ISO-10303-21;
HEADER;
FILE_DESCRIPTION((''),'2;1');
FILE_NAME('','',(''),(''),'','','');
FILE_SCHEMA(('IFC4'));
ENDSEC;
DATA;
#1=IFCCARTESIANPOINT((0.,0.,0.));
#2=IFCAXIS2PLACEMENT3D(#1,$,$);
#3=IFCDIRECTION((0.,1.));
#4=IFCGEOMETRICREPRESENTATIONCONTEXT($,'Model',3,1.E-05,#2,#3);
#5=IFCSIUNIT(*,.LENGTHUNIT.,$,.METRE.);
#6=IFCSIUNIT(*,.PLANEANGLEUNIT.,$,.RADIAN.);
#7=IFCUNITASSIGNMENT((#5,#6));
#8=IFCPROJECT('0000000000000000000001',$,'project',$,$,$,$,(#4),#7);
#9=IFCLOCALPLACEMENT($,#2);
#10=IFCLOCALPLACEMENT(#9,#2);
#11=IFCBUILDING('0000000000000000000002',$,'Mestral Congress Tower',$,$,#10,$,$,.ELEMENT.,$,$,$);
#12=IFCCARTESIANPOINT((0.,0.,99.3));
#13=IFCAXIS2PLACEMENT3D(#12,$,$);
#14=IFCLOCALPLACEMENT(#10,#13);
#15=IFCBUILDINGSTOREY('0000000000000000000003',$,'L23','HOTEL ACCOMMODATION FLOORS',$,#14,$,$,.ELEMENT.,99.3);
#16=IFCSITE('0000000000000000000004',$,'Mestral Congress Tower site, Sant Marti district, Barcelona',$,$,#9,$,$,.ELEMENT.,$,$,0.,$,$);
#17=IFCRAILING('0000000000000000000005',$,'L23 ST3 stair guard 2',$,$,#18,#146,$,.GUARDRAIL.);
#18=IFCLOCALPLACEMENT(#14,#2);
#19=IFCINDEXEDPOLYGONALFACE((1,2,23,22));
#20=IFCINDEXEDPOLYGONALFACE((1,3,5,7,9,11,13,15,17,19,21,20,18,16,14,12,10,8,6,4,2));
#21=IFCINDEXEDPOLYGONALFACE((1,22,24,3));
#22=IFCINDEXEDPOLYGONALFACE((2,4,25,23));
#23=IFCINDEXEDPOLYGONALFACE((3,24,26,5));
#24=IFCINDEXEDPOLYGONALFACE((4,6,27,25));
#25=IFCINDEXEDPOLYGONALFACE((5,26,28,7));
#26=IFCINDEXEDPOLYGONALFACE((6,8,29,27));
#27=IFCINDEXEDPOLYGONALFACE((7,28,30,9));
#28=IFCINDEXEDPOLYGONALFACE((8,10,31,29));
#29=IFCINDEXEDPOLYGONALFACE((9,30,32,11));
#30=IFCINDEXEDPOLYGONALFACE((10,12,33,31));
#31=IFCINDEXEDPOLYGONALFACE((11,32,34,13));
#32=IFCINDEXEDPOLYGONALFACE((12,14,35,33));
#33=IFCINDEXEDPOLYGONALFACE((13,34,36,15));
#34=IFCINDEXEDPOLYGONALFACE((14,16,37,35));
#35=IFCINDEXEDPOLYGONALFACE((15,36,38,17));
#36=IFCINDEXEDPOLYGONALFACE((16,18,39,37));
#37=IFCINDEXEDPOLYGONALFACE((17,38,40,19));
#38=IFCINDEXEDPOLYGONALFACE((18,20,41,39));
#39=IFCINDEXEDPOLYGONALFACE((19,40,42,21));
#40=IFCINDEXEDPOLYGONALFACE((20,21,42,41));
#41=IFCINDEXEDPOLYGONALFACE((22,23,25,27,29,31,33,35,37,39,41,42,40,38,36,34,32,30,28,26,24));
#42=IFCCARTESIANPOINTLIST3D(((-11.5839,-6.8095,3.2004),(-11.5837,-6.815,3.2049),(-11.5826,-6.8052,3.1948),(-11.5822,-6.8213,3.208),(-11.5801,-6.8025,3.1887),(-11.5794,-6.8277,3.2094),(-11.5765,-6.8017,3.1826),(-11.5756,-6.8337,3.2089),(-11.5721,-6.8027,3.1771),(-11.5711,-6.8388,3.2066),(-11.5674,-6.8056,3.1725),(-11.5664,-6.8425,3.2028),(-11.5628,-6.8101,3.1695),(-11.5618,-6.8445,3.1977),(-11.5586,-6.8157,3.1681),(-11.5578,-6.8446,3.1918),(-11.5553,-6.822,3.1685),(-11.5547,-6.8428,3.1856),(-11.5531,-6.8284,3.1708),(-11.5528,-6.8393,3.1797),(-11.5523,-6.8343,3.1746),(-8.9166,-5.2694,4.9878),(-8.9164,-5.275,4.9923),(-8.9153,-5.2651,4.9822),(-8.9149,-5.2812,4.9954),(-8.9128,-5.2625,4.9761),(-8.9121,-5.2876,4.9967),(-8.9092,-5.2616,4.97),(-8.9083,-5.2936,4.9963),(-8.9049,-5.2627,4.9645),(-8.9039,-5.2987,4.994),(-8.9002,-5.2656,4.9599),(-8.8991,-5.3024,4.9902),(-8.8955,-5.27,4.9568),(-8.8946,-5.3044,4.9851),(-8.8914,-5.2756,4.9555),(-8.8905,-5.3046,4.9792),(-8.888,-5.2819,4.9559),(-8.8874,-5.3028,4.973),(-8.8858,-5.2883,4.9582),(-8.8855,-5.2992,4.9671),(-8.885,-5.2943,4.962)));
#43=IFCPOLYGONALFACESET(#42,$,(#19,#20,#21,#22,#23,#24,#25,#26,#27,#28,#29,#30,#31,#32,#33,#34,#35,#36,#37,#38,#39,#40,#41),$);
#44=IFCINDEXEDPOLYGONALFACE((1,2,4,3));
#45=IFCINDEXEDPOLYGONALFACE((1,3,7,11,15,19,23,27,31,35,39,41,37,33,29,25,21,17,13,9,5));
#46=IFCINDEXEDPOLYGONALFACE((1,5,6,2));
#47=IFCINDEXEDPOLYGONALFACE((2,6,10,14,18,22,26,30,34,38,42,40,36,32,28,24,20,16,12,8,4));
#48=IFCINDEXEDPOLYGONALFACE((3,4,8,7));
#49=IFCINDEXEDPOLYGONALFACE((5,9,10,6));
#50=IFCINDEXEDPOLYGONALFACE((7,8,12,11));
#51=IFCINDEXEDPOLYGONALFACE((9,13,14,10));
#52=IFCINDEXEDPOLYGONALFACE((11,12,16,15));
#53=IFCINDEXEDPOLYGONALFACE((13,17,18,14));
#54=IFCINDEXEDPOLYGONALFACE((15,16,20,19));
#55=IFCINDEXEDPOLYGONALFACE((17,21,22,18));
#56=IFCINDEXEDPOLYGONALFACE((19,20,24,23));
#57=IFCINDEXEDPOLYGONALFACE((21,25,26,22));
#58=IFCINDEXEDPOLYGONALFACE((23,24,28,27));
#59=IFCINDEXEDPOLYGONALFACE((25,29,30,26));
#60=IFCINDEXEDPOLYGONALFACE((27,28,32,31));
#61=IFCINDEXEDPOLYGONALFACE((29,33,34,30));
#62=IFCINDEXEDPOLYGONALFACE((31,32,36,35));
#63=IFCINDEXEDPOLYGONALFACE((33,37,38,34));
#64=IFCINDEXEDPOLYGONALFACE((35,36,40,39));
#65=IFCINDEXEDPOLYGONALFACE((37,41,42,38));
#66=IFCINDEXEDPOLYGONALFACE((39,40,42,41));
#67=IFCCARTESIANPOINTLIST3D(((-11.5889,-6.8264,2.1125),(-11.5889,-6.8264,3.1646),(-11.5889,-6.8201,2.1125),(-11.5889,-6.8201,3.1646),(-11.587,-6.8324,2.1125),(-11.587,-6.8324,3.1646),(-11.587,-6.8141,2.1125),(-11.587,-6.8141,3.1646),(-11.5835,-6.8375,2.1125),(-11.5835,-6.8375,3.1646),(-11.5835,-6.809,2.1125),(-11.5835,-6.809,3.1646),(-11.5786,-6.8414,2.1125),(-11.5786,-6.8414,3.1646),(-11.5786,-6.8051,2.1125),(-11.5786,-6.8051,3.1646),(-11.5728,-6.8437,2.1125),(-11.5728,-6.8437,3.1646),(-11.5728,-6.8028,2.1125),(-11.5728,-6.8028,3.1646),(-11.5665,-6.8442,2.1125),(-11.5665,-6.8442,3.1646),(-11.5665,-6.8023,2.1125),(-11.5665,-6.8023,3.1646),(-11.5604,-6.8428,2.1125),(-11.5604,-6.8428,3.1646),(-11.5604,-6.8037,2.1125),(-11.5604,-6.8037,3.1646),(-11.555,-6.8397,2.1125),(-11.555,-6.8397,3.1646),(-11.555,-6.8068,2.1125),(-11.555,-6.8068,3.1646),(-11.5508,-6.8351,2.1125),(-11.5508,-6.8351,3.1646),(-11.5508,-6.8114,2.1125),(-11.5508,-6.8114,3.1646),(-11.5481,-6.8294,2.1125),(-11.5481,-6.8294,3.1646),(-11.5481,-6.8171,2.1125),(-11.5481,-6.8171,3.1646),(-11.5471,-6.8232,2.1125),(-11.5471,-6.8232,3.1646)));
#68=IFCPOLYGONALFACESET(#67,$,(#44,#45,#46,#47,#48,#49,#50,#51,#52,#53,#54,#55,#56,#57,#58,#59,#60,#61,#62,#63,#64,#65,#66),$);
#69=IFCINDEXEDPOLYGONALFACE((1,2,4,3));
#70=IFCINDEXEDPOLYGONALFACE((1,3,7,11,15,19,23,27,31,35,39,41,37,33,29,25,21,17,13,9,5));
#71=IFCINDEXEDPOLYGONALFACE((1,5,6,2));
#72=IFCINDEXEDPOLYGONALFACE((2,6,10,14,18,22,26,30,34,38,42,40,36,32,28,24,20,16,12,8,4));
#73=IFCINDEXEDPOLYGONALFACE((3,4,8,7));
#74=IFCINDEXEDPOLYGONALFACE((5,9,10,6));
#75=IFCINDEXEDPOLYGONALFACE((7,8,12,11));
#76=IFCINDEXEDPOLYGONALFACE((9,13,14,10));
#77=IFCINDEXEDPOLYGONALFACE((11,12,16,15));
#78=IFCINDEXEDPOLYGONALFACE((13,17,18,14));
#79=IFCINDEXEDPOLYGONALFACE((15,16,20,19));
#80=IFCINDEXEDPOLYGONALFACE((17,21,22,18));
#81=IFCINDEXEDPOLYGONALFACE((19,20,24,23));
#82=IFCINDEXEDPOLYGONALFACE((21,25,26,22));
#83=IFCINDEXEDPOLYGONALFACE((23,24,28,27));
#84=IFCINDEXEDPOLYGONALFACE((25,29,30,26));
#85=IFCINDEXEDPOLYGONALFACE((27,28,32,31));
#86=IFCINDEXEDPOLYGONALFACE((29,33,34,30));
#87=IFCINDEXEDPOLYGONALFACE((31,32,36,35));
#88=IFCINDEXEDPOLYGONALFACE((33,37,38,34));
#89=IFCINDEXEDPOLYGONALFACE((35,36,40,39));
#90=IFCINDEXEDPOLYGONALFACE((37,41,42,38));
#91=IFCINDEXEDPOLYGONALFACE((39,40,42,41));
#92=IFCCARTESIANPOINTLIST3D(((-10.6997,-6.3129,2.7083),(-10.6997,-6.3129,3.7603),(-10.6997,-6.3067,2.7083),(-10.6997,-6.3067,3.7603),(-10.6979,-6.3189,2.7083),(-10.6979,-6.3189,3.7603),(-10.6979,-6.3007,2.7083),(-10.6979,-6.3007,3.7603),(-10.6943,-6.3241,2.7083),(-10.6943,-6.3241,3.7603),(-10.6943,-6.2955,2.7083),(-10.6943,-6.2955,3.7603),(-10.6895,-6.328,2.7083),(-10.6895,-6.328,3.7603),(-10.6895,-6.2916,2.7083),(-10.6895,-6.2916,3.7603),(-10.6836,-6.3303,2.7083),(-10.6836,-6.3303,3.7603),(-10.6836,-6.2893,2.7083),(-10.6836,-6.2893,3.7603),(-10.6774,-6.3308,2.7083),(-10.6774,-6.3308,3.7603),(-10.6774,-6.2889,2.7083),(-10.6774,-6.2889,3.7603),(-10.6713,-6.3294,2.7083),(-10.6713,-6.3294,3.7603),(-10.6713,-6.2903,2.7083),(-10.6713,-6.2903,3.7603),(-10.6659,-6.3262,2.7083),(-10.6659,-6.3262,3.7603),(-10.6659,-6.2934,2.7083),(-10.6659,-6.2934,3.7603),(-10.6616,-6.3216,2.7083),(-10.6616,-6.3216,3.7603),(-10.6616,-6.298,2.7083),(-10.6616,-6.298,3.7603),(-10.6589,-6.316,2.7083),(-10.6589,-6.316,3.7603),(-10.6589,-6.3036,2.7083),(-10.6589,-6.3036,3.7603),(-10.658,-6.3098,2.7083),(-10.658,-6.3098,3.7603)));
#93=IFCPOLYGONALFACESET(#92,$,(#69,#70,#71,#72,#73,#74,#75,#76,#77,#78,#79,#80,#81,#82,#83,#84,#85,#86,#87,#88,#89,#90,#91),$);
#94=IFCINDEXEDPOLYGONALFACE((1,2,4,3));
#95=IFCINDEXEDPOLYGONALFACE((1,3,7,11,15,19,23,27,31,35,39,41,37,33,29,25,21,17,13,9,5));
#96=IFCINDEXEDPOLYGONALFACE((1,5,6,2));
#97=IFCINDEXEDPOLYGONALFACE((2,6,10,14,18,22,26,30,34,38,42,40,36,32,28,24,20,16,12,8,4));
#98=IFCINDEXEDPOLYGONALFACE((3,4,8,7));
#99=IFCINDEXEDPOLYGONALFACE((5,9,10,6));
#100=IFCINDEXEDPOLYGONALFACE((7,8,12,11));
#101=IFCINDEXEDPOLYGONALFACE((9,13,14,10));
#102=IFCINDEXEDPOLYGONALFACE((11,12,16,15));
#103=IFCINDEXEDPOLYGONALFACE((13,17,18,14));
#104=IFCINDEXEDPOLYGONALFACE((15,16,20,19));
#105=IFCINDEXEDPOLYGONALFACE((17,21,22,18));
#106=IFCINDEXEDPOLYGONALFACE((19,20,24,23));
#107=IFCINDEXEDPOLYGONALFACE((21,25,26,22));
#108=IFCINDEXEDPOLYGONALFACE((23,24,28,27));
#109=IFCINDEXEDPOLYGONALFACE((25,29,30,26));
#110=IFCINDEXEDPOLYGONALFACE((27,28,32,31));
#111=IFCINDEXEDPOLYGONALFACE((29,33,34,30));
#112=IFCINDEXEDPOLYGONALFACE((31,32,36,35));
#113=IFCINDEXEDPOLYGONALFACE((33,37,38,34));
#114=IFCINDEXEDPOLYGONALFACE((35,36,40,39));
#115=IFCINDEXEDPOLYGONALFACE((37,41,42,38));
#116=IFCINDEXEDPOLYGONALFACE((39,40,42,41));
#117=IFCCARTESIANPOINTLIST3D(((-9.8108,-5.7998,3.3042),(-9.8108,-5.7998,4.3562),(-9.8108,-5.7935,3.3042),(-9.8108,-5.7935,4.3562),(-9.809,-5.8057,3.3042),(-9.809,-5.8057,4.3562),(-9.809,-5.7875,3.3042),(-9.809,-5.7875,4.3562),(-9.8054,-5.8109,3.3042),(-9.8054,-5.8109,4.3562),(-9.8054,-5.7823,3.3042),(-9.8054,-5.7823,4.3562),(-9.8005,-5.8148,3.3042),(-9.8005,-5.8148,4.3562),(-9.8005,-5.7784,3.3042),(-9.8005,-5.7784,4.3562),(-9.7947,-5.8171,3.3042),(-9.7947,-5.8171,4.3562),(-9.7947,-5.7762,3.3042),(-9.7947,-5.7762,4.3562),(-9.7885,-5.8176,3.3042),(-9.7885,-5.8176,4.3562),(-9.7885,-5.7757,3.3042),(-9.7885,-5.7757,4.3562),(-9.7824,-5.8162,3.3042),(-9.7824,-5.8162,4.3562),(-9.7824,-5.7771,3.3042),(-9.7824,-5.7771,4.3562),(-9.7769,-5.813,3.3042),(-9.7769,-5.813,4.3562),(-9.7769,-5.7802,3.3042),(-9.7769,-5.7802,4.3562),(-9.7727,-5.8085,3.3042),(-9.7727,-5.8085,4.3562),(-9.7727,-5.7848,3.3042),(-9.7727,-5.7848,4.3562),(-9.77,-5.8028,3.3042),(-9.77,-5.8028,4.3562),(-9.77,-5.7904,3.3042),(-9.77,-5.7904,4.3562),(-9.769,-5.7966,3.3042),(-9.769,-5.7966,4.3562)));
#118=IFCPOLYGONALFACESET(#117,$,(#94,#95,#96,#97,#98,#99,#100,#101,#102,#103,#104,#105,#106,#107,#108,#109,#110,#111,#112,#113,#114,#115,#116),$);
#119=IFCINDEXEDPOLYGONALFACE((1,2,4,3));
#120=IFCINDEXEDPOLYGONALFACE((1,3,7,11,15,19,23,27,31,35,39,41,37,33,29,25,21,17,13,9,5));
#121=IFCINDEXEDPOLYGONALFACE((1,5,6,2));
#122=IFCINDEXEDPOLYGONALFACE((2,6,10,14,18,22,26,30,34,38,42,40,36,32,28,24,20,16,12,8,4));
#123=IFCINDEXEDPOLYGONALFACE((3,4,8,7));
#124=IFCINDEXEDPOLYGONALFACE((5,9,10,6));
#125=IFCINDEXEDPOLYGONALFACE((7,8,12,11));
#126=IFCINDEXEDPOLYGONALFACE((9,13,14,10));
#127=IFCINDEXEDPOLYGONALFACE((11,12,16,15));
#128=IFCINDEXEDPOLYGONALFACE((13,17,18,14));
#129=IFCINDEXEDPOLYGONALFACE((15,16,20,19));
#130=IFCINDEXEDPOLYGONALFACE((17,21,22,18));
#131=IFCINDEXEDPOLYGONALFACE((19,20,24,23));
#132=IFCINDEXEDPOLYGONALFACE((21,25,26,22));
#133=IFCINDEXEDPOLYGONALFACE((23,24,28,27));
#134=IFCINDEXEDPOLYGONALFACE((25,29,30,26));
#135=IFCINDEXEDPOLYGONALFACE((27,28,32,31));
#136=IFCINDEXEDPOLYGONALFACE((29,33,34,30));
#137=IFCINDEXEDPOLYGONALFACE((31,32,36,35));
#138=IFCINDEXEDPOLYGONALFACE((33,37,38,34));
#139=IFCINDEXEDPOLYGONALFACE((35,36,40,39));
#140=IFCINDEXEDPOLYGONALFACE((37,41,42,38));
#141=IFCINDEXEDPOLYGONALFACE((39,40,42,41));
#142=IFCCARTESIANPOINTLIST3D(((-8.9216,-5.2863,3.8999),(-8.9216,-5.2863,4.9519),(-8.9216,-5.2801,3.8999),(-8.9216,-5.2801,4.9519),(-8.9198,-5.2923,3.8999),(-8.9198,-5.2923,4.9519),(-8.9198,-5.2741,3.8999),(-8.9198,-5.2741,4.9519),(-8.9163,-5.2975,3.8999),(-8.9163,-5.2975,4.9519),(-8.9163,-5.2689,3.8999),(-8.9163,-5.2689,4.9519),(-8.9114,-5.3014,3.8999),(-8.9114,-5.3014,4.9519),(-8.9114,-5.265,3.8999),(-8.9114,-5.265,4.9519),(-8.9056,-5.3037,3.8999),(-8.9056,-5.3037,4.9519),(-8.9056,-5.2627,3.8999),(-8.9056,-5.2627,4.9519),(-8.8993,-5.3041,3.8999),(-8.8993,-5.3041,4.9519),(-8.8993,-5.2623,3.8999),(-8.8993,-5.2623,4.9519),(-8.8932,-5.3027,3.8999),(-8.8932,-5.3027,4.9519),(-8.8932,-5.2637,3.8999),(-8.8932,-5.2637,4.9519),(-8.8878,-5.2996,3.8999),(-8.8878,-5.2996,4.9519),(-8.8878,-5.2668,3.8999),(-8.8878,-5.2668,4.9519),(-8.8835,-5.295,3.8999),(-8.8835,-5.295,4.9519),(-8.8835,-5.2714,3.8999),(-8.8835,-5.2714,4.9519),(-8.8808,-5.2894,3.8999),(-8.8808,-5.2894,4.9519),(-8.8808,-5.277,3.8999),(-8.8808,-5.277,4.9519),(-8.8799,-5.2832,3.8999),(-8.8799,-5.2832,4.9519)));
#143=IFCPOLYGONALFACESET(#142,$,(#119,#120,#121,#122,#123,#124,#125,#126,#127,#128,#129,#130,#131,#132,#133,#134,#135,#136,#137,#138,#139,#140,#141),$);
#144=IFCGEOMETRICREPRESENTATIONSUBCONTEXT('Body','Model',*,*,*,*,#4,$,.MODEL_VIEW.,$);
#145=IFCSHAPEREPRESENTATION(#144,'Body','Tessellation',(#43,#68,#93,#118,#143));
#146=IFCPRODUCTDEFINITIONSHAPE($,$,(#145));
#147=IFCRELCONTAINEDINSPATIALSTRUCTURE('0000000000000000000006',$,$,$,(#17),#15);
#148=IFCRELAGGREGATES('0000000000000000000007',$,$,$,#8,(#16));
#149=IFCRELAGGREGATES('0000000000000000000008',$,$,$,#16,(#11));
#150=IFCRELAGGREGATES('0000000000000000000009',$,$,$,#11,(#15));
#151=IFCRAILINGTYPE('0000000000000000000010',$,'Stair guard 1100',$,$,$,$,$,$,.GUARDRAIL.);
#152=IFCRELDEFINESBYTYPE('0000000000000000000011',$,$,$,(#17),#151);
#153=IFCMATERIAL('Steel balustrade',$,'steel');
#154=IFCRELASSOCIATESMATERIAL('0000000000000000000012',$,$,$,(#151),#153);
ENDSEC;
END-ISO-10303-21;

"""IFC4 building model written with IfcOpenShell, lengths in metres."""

from ifc_helpers import new_model, si_unit, direction, frame, origin, origin_2d, place, context, subcontext, project, spatial, circle, extrude, material, type_object, element, save


model = new_model("IFC4")

# Units and contexts
model_context = context("Model", 3, precision=1e-05, world=origin(), true_north=direction((0.0, 1.0)))
body_context = subcontext(model_context, "Body", "Model", "MODEL_VIEW")
ifc_project = project(units=[si_unit("LENGTHUNIT", "METRE"), si_unit("PLANEANGLEUNIT", "RADIAN")], contexts=[model_context])

# Site, building, storey
site_placement = place(None, origin())
site = spatial("IfcSite", under=ifc_project, at=site_placement, Name="Mestral Congress Tower site, Sant Marti district, Barcelona", CompositionType="ELEMENT", RefElevation=0.0)
building_placement = place(site_placement, origin())
building = spatial("IfcBuilding", under=site, at=building_placement, Name="Mestral Congress Tower", CompositionType="ELEMENT")
storey_placement = place(building_placement, frame((0.0, 0.0, 99.3)))
storey = spatial("IfcBuildingStorey", under=building, at=storey_placement, Name="L23", Description="HOTEL ACCOMMODATION FLOORS", CompositionType="ELEMENT", Elevation=99.3)

# Railing
ifc_material_1 = material(Name="Steel balustrade", Category="steel")
railing_type_1 = type_object("IfcRailingType", Name="Stair guard 1100", PredefinedType="GUARDRAIL", material=ifc_material_1)
railing_1_placement = place(storey_placement, frame((-11.5681, -6.8232, 2.1125)))
element("IfcRailing", 1, at=railing_1_placement, inside=storey, type_object=railing_type_1, Name="L23 ST3 stair guard 2", PredefinedType="GUARDRAIL", context=body_context, shape_type="SweptSolid", body=[
    extrude(circle(Radius=0.0239, at=origin_2d()), frame((0.0, 0.0, 1.0762), z_axis=(0.74902, 0.432477, 0.501929), x_axis=(-0.500027, 0.86601, 0.0)), (0.0, 0.0, 1.0), 3.561),
    extrude(circle(Radius=0.021, at=origin_2d()), origin(), (0.0, 0.0, 1.0), 1.052),
    extrude(circle(Radius=0.021, at=origin_2d()), frame((0.8892, 0.5134, 0.5957)), (0.0, 0.0, 1.0), 1.052),
    extrude(circle(Radius=0.021, at=origin_2d()), frame((1.7781, 1.0266, 1.1917)), (0.0, 0.0, 1.0), 1.052),
    extrude(circle(Radius=0.021, at=origin_2d()), frame((2.6672, 1.54, 1.7874)), (0.0, 0.0, 1.0), 1.052),
])

save(model, "model.ifc")
